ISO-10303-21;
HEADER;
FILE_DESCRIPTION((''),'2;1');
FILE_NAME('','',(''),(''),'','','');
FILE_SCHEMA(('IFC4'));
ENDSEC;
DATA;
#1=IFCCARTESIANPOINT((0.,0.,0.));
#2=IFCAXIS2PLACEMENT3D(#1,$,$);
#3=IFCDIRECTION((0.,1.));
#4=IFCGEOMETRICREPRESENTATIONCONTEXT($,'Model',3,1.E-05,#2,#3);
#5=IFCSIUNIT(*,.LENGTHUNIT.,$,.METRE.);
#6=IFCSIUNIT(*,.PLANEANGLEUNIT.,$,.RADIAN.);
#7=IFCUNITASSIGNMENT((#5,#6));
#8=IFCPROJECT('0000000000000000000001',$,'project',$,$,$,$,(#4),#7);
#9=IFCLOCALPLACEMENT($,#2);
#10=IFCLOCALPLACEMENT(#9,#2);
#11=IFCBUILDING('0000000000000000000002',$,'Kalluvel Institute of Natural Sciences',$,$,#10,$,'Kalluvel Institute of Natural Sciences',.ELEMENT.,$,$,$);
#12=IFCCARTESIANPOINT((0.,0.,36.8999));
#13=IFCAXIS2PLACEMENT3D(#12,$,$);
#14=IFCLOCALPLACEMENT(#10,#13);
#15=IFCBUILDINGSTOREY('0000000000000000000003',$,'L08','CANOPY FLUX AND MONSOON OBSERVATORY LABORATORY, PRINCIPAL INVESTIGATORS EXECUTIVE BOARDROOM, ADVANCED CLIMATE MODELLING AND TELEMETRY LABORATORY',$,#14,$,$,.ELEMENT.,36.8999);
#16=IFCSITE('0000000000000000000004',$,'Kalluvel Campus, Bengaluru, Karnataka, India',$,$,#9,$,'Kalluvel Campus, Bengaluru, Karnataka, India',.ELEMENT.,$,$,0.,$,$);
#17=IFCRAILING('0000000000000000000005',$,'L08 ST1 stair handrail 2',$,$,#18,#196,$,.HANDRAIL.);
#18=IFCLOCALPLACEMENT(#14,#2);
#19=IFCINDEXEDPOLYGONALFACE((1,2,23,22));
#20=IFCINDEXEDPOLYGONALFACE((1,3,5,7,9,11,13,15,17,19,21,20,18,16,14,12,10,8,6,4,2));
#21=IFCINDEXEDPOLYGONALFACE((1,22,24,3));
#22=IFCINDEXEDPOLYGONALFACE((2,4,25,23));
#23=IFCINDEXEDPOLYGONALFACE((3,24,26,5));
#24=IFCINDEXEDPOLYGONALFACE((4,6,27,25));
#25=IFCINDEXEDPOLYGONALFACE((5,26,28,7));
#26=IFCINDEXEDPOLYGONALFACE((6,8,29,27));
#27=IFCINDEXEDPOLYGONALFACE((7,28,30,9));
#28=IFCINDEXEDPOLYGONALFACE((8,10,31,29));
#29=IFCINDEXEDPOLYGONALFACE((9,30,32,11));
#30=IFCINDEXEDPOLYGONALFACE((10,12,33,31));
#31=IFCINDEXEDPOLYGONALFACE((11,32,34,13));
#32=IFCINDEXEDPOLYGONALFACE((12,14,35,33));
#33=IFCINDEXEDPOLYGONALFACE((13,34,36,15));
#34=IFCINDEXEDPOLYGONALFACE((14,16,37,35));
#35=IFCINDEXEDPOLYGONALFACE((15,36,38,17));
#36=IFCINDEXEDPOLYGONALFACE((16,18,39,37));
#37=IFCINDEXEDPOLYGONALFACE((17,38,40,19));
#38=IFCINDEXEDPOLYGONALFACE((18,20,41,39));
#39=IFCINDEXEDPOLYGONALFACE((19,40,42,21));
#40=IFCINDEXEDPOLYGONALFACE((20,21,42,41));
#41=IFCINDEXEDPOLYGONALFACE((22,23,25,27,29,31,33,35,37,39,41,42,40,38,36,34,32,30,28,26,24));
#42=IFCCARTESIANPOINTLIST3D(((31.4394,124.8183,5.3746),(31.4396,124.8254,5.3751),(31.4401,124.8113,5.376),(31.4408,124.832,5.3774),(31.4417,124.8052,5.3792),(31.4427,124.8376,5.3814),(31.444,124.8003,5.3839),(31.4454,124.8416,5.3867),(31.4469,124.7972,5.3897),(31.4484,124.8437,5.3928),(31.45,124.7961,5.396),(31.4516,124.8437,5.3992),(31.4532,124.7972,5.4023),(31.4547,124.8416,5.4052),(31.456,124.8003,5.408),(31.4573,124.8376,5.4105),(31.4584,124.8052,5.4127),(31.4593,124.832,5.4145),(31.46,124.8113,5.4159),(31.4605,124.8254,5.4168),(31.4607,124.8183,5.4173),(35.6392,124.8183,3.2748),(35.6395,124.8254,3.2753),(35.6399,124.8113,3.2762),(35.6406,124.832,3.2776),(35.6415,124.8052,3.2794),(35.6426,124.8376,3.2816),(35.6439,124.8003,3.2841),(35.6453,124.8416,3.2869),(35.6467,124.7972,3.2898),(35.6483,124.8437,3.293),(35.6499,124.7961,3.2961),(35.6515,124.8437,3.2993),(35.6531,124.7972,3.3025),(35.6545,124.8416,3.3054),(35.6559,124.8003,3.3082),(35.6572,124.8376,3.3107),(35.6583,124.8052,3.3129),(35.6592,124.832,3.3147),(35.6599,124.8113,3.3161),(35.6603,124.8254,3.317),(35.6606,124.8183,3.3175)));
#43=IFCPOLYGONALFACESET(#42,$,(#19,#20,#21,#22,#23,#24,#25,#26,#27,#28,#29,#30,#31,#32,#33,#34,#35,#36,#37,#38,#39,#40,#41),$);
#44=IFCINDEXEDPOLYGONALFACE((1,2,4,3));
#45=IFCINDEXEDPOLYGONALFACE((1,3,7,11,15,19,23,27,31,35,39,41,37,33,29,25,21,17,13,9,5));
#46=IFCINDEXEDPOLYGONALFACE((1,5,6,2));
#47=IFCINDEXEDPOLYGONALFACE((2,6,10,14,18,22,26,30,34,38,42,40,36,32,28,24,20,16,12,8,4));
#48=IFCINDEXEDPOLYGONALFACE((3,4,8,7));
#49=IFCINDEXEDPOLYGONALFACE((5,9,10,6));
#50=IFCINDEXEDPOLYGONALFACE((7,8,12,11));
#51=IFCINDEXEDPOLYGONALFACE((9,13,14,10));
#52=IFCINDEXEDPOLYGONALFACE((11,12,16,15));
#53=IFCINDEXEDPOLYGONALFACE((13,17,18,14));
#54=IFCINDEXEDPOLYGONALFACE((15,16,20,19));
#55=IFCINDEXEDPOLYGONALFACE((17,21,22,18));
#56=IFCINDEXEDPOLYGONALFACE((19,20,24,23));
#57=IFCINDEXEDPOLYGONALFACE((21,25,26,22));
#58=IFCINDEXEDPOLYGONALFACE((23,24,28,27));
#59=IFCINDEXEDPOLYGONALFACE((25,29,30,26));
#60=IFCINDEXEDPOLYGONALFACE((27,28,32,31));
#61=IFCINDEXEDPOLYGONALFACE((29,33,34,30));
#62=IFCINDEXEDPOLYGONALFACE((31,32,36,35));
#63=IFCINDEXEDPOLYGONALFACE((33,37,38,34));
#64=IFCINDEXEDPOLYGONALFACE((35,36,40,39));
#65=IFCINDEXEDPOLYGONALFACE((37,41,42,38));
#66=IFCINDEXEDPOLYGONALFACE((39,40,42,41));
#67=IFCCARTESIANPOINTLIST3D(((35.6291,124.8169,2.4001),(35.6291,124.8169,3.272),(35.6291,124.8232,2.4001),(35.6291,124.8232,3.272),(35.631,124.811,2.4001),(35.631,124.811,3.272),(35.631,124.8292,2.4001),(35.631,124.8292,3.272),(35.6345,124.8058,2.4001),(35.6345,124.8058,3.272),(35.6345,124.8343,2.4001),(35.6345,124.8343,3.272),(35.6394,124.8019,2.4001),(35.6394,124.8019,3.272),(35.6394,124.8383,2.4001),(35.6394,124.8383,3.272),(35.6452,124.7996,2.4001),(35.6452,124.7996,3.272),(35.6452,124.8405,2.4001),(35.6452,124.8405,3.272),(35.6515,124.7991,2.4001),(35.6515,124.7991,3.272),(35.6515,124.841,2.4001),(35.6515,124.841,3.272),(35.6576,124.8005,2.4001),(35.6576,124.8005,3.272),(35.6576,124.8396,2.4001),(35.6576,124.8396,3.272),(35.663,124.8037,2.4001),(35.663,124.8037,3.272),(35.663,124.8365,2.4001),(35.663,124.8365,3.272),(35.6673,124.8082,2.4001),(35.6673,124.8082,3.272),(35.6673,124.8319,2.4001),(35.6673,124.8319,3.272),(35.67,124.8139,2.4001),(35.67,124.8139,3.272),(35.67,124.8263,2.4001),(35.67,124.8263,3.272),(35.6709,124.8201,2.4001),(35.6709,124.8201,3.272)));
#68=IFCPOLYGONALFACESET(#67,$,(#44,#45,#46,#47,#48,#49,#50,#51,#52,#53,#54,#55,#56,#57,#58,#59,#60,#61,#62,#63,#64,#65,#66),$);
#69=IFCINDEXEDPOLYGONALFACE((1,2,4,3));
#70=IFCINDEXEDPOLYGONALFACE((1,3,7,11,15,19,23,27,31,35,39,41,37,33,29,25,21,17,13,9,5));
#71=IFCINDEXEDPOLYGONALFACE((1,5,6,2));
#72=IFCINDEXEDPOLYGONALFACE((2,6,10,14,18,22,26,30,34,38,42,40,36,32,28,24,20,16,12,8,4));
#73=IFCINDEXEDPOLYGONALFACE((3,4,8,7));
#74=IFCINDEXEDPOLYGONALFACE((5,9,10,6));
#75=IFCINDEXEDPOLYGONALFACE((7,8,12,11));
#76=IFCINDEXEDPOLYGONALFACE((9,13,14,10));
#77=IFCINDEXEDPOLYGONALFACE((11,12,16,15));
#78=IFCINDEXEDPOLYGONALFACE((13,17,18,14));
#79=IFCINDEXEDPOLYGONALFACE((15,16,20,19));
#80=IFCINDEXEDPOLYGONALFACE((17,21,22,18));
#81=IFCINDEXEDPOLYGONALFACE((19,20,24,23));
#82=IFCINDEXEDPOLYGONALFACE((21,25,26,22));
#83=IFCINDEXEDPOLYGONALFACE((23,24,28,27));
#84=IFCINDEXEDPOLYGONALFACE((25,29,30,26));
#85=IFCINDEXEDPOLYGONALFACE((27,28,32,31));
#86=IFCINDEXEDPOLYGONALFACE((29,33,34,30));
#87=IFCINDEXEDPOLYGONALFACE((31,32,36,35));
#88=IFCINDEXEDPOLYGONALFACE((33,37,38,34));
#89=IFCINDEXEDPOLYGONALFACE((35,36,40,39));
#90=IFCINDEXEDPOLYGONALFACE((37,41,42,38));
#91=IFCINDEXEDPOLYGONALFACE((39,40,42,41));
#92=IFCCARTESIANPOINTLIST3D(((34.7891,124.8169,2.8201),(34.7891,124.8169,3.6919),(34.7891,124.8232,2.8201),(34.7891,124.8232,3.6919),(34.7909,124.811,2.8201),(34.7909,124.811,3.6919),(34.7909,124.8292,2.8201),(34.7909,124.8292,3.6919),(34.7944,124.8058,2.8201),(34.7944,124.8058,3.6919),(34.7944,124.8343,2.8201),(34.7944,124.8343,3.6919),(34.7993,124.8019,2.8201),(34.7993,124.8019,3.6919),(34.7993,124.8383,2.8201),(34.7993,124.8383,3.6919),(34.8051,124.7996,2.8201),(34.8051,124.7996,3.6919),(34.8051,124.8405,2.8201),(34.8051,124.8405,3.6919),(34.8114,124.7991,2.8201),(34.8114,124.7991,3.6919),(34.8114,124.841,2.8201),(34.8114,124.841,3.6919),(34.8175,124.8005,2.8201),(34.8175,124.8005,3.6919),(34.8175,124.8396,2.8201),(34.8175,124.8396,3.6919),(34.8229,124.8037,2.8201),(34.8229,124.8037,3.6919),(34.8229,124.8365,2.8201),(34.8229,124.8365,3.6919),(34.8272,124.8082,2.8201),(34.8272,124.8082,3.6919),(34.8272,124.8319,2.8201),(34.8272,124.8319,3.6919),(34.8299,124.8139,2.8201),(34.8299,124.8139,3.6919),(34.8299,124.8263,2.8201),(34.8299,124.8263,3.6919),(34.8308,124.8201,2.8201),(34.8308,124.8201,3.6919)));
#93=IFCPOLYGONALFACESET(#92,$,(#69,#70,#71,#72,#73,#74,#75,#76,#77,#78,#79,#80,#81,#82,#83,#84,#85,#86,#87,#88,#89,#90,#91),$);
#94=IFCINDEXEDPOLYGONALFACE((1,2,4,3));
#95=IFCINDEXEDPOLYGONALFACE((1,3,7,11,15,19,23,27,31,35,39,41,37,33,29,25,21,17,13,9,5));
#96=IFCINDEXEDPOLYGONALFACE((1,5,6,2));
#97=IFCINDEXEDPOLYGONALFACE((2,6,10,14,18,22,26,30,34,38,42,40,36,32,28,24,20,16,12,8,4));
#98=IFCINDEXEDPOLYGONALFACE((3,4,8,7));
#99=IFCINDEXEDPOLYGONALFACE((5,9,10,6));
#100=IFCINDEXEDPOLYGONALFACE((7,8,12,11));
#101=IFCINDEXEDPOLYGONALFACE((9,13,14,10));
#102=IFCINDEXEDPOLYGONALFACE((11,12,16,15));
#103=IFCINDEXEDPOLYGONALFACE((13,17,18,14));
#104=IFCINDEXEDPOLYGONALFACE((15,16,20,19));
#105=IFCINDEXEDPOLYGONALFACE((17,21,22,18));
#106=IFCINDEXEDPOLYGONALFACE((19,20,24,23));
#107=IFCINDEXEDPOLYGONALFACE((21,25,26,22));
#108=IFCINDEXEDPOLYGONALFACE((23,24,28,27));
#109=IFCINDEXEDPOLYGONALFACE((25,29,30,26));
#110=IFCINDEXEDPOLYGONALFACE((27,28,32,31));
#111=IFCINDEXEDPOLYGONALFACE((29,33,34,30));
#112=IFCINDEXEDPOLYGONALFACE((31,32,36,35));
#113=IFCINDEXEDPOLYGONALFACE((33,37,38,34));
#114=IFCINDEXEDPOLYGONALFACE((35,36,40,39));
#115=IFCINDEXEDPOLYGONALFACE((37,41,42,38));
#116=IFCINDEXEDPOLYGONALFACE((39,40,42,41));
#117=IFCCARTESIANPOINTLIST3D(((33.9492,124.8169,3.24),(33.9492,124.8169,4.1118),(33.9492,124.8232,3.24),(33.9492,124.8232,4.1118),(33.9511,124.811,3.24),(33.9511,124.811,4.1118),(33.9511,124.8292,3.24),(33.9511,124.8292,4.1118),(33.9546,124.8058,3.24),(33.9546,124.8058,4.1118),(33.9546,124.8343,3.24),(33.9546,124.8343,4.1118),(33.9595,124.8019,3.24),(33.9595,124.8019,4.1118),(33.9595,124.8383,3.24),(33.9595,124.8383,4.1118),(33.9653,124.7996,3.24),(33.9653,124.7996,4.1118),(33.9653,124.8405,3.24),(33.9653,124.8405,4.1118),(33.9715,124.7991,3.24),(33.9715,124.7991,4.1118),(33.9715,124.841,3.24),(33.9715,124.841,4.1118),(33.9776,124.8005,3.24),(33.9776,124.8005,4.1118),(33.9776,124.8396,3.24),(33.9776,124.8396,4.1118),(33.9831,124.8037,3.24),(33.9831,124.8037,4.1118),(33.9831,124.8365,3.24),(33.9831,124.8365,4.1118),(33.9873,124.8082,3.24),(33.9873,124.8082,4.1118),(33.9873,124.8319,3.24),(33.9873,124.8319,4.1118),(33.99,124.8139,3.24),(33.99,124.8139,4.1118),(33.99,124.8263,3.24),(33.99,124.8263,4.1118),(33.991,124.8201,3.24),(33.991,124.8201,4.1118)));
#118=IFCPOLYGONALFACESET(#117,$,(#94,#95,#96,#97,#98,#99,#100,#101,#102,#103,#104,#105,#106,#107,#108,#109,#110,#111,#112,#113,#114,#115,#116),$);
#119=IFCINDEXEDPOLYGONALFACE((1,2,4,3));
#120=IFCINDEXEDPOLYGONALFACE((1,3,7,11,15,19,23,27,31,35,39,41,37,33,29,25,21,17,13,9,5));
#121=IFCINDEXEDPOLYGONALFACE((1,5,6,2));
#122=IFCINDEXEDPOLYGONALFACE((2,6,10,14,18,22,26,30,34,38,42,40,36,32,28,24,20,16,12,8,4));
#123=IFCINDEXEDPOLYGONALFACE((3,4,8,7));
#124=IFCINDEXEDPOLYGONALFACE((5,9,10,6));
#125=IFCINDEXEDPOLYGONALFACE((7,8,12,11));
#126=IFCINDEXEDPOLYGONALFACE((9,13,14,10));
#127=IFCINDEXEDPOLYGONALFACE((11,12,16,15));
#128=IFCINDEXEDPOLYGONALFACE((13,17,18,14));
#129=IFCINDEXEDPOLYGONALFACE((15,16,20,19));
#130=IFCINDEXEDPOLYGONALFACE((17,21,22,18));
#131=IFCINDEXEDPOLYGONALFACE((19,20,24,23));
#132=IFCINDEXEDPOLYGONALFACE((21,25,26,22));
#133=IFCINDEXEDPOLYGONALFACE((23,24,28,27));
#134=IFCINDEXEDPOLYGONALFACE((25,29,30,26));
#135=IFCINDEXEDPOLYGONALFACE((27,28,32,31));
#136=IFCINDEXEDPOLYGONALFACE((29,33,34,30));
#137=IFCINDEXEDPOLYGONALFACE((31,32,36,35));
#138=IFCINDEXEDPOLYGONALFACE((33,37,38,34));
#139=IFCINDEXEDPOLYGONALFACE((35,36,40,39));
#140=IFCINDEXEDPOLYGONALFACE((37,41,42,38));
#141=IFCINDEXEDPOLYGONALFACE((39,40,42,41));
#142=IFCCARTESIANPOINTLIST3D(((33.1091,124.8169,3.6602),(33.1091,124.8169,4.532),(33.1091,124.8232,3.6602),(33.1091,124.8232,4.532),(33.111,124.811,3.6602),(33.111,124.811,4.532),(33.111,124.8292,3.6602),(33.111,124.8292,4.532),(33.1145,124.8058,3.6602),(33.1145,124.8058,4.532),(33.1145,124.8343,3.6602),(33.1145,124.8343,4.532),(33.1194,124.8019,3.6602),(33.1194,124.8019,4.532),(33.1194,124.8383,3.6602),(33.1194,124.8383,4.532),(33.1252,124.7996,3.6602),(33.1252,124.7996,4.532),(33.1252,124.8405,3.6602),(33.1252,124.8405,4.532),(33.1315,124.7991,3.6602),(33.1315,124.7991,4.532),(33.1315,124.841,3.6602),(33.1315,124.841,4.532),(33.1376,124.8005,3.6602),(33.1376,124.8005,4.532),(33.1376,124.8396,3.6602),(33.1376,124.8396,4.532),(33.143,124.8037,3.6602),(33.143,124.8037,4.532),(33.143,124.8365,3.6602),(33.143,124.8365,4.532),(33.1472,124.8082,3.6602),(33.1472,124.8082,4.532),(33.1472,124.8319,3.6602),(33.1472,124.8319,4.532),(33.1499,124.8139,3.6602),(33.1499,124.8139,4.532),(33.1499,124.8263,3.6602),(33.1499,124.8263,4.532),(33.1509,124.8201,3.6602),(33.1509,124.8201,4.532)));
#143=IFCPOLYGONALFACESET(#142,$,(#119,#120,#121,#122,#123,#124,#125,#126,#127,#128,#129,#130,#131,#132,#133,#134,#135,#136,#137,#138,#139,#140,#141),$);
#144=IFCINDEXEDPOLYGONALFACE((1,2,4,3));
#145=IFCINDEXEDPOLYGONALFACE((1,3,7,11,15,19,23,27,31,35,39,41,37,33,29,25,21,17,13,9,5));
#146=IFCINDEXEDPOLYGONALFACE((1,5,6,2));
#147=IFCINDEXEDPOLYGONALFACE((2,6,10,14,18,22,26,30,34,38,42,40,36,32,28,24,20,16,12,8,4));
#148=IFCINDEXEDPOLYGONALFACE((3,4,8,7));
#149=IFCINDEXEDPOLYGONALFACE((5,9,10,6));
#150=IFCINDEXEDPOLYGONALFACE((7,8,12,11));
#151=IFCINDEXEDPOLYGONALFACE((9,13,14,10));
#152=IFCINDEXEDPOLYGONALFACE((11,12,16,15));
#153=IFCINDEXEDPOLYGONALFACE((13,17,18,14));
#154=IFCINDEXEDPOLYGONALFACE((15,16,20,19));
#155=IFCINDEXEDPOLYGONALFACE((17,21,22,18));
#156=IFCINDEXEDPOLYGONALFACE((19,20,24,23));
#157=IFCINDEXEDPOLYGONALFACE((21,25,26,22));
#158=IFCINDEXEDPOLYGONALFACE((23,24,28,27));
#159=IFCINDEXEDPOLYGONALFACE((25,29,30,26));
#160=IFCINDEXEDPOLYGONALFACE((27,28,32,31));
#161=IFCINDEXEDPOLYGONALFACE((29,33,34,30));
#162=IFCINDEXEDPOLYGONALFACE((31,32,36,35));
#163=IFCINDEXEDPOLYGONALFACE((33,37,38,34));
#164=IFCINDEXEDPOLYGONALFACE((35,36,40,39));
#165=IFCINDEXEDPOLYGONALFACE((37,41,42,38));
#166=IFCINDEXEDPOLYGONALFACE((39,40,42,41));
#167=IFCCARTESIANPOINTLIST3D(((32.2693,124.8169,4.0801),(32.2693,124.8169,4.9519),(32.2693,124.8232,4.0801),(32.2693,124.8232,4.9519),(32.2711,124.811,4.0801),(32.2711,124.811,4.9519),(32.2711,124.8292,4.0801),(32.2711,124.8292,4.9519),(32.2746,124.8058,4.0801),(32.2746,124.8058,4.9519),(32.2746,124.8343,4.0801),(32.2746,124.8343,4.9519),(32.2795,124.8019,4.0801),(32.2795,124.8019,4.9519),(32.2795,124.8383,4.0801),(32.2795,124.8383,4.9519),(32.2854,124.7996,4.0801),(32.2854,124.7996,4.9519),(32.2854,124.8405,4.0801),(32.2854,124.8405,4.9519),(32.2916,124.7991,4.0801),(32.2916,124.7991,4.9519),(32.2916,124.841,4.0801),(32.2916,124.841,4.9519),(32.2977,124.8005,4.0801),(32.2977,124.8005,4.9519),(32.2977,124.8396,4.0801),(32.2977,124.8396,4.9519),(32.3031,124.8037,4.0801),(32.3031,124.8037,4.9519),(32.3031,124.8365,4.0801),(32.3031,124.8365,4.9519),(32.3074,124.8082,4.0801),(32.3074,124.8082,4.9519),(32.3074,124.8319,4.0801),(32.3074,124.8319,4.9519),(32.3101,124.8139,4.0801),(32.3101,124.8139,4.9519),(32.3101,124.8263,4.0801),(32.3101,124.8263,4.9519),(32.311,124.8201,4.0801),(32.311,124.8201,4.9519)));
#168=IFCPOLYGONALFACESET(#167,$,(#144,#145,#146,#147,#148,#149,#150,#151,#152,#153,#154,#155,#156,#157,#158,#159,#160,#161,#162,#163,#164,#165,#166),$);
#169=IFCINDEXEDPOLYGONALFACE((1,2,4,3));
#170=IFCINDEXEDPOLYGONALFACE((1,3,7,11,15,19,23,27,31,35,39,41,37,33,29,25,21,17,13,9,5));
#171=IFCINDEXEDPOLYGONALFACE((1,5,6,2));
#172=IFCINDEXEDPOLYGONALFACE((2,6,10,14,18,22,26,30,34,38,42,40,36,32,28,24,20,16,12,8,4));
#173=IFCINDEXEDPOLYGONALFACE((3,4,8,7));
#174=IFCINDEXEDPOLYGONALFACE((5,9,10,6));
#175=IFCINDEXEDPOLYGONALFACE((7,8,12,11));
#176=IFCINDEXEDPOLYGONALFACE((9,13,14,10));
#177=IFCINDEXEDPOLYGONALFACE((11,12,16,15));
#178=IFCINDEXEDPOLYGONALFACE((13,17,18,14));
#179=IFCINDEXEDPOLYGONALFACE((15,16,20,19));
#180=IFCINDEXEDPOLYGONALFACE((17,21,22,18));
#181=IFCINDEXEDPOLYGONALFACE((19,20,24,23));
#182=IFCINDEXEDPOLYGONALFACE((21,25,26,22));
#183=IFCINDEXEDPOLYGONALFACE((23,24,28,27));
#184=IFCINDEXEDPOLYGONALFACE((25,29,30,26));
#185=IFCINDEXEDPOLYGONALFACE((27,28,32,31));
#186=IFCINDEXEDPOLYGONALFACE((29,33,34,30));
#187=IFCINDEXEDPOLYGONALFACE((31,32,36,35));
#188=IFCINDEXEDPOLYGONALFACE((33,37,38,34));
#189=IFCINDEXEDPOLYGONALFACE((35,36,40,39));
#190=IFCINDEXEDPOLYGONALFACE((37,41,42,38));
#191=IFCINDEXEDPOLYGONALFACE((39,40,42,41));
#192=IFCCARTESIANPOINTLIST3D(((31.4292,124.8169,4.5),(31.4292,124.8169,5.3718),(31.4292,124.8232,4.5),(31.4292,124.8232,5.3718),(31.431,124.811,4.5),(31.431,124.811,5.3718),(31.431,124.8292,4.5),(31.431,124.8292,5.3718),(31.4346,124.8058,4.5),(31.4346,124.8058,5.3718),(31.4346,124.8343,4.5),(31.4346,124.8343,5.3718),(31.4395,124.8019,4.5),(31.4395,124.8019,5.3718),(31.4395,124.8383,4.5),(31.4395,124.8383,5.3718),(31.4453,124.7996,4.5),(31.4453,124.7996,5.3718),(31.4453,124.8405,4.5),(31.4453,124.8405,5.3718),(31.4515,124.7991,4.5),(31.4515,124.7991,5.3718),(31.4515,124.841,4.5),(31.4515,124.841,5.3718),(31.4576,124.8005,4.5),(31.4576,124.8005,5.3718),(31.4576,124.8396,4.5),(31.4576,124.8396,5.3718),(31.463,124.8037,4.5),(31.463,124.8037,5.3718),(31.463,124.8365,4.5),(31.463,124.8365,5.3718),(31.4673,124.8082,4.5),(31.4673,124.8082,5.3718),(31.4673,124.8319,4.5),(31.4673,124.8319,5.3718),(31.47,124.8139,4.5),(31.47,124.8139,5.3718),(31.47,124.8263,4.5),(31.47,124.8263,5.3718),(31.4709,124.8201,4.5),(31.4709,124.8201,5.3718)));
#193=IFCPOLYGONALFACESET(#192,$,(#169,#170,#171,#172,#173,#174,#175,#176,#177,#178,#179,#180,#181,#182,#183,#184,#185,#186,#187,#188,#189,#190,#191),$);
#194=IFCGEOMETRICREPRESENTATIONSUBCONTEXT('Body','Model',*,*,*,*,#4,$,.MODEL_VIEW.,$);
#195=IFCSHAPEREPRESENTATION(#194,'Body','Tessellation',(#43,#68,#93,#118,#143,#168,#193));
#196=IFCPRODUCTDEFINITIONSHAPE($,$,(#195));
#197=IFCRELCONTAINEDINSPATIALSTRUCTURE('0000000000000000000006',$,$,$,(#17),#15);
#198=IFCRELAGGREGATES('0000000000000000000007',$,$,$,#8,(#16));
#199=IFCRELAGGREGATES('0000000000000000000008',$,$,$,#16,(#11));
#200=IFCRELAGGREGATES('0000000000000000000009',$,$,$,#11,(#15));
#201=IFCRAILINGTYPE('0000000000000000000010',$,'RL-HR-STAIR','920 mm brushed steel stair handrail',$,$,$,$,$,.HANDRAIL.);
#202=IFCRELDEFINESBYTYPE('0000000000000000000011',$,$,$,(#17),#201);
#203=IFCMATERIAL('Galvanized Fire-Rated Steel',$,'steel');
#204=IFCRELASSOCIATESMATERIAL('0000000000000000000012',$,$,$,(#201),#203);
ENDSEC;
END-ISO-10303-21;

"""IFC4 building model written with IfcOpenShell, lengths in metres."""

from ifc_helpers import new_model, si_unit, direction, frame, origin, origin_2d, place, context, subcontext, project, spatial, circle, extrude, material, type_object, element, save


model = new_model("IFC4")

# Units and contexts
model_context = context("Model", 3, precision=1e-05, world=origin(), true_north=direction((0.0, 1.0)))
body_context = subcontext(model_context, "Body", "Model", "MODEL_VIEW")
ifc_project = project(units=[si_unit("LENGTHUNIT", "METRE"), si_unit("PLANEANGLEUNIT", "RADIAN")], contexts=[model_context])

# Site, building, storey
site_placement = place(None, origin())
site = spatial("IfcSite", under=ifc_project, at=site_placement, Name="Kalluvel Campus, Bengaluru, Karnataka, India", LongName="Kalluvel Campus, Bengaluru, Karnataka, India", CompositionType="ELEMENT", RefElevation=0.0)
building_placement = place(site_placement, origin())
building = spatial("IfcBuilding", under=site, at=building_placement, Name="Kalluvel Institute of Natural Sciences", LongName="Kalluvel Institute of Natural Sciences", CompositionType="ELEMENT")
storey_placement = place(building_placement, frame((0.0, 0.0, 36.8999)))
storey = spatial("IfcBuildingStorey", under=building, at=storey_placement, Name="L08", Description="CANOPY FLUX AND MONSOON OBSERVATORY LABORATORY, PRINCIPAL INVESTIGATORS EXECUTIVE BOARDROOM, ADVANCED CLIMATE MODELLING AND TELEMETRY LABORATORY", CompositionType="ELEMENT", Elevation=36.8999)

# Railing
ifc_material_1 = material(Name="Galvanized Fire-Rated Steel", Category="steel")
railing_type_1 = type_object("IfcRailingType", Name="RL-HR-STAIR", Description="920 mm brushed steel stair handrail", PredefinedType="HANDRAIL", material=ifc_material_1)
railing_1_placement = place(storey_placement, frame((35.6499, 124.8201, 2.4001)))
element("IfcRailing", 1, at=railing_1_placement, inside=storey, type_object=railing_type_1, Name="L08 ST1 stair handrail 2", PredefinedType="HANDRAIL", context=body_context, shape_type="SweptSolid", body=[
    extrude(circle(Radius=0.0239, at=origin_2d()), frame((0.0, 0.0, 0.896), z_axis=(-0.894438, 0.0, 0.447193), x_axis=(0.0, -1.0, 0.0)), (0.0, 0.0, 1.0), 4.6956),
    extrude(circle(Radius=0.021, at=origin_2d()), origin(), (0.0, 0.0, 1.0), 0.8718),
    extrude(circle(Radius=0.021, at=origin_2d()), frame((-0.8401, 0.0, 0.4199)), (0.0, 0.0, 1.0), 0.8718),
    extrude(circle(Radius=0.021, at=origin_2d()), frame((-1.6799, 0.0, 0.8398)), (0.0, 0.0, 1.0), 0.8718),
    extrude(circle(Radius=0.021, at=origin_2d()), frame((-2.52, 0.0, 1.26)), (0.0, 0.0, 1.0), 0.8718),
    extrude(circle(Radius=0.021, at=origin_2d()), frame((-3.3599, 0.0, 1.6799)), (0.0, 0.0, 1.0), 0.8718),
    extrude(circle(Radius=0.021, at=origin_2d()), frame((-4.2, 0.0, 2.0999)), (0.0, 0.0, 1.0), 0.8718),
])

save(model, "model.ifc")
